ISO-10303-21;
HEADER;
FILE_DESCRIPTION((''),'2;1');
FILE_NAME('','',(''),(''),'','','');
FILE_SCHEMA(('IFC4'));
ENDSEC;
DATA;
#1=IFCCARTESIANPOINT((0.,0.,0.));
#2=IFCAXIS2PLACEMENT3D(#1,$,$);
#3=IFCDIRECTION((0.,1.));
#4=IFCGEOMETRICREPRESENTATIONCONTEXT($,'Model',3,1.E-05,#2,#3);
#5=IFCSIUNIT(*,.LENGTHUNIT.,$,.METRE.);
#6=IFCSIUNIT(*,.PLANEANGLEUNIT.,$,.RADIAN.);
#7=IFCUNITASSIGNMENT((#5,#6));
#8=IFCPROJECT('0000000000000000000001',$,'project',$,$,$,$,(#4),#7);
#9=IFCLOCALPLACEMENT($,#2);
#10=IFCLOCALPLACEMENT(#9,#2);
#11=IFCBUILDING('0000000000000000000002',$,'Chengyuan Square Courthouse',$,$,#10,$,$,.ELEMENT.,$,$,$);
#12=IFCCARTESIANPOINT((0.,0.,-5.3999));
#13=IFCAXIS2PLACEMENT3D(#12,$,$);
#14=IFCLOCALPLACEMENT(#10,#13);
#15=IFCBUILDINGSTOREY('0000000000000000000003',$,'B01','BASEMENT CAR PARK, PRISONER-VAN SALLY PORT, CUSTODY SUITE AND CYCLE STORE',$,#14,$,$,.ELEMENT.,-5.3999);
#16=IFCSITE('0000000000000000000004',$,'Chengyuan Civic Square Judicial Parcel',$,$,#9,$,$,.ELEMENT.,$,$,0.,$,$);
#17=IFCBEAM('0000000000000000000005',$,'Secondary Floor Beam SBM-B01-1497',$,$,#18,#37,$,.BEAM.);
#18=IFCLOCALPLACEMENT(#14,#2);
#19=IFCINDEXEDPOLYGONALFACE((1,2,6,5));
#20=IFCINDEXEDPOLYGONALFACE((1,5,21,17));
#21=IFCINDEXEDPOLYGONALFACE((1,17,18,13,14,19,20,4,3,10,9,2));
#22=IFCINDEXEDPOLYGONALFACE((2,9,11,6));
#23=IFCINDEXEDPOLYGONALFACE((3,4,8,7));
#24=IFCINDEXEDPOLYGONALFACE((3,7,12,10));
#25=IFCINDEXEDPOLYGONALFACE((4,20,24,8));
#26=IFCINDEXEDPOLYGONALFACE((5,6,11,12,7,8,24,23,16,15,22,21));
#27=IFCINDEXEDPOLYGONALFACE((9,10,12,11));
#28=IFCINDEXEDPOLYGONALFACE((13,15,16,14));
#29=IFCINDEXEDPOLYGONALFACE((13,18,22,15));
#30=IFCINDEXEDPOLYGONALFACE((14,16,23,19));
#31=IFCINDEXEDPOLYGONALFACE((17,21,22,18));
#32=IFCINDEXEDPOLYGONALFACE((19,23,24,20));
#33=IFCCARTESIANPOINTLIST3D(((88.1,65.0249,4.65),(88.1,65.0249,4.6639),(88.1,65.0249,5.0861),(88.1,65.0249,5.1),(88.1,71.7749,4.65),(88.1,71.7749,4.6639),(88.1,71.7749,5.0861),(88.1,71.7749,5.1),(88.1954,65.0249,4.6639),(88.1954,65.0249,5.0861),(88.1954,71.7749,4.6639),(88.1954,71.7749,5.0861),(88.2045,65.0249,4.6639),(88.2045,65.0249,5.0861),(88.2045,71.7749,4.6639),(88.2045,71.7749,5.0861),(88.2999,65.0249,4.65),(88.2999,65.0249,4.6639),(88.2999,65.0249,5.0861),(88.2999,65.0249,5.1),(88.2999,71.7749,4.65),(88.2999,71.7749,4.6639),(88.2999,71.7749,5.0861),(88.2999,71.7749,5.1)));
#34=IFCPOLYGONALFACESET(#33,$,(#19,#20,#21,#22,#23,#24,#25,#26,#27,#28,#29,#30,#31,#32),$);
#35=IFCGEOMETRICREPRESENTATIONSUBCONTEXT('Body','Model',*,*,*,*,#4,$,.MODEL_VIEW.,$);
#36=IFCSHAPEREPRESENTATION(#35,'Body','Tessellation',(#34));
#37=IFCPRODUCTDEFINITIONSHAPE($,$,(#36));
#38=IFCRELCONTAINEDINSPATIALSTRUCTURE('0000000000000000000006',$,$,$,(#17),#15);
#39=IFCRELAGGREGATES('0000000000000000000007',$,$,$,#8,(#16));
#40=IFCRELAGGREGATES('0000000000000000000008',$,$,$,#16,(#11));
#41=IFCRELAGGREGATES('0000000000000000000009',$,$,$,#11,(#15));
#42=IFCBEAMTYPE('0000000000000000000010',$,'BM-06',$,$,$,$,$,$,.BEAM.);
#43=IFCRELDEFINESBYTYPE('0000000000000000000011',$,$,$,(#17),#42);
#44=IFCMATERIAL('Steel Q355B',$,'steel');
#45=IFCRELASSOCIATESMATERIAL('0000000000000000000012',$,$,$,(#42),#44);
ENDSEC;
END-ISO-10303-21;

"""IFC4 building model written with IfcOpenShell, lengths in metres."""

from ifc_helpers import new_model, si_unit, direction, frame, origin, origin_2d, place, context, subcontext, project, spatial, i_section, extrude, material, material_profile, profile_set, type_object, element, save


model = new_model("IFC4")

# Units and contexts
model_context = context("Model", 3, precision=1e-05, world=origin(), true_north=direction((0.0, 1.0)))
body_context = subcontext(model_context, "Body", "Model", "MODEL_VIEW")
ifc_project = project(units=[si_unit("LENGTHUNIT", "METRE"), si_unit("PLANEANGLEUNIT", "RADIAN")], contexts=[model_context])

# Site, building, storey
site_placement = place(None, origin())
site = spatial("IfcSite", under=ifc_project, at=site_placement, Name="Chengyuan Civic Square Judicial Parcel", CompositionType="ELEMENT", RefElevation=0.0)
building_placement = place(site_placement, origin())
building = spatial("IfcBuilding", under=site, at=building_placement, Name="Chengyuan Square Courthouse", CompositionType="ELEMENT")
storey_placement = place(building_placement, frame((0.0, 0.0, -5.3999)))
storey = spatial("IfcBuildingStorey", under=building, at=storey_placement, Name="B01", Description="BASEMENT CAR PARK, PRISONER-VAN SALLY PORT, CUSTODY SUITE AND CYCLE STORE", CompositionType="ELEMENT", Elevation=-5.3999)

# Beam
ifc_material_1 = material(Name="Steel Q355B", Category="steel")
ifc_material_profile_1 = material_profile(ifc_material_1, i_section(OverallWidth=0.2, OverallDepth=0.45, WebThickness=0.009, FlangeThickness=0.0139, at=origin_2d()), Name="HN 450x200x9x14")
ifc_profile_set_1 = profile_set([ifc_material_profile_1], Name="Steel Q355B")
beam_type_1 = type_object("IfcBeamType", Name="BM-06", PredefinedType="BEAM", material=ifc_profile_set_1)
for number, where, z_axis, x_axis, name in (
    (1, (88.2, 65.0249, 4.875), (0.0, 1.0, 0.0), (-1.0, 0.0, 0.0), "Secondary Floor Beam SBM-B01-1497"),
):
    element("IfcBeam", number, at=place(storey_placement, frame(where, z_axis=z_axis, x_axis=x_axis)), inside=storey, type_object=beam_type_1, Name=name, PredefinedType="BEAM", context=body_context, shape_type="SweptSolid", body=[
        extrude(i_section(OverallWidth=0.2, OverallDepth=0.45, WebThickness=0.009, FlangeThickness=0.0139, at=origin_2d()), origin(), (0.0, 0.0, 1.0), 6.75),
    ])

save(model, "model.ifc")
